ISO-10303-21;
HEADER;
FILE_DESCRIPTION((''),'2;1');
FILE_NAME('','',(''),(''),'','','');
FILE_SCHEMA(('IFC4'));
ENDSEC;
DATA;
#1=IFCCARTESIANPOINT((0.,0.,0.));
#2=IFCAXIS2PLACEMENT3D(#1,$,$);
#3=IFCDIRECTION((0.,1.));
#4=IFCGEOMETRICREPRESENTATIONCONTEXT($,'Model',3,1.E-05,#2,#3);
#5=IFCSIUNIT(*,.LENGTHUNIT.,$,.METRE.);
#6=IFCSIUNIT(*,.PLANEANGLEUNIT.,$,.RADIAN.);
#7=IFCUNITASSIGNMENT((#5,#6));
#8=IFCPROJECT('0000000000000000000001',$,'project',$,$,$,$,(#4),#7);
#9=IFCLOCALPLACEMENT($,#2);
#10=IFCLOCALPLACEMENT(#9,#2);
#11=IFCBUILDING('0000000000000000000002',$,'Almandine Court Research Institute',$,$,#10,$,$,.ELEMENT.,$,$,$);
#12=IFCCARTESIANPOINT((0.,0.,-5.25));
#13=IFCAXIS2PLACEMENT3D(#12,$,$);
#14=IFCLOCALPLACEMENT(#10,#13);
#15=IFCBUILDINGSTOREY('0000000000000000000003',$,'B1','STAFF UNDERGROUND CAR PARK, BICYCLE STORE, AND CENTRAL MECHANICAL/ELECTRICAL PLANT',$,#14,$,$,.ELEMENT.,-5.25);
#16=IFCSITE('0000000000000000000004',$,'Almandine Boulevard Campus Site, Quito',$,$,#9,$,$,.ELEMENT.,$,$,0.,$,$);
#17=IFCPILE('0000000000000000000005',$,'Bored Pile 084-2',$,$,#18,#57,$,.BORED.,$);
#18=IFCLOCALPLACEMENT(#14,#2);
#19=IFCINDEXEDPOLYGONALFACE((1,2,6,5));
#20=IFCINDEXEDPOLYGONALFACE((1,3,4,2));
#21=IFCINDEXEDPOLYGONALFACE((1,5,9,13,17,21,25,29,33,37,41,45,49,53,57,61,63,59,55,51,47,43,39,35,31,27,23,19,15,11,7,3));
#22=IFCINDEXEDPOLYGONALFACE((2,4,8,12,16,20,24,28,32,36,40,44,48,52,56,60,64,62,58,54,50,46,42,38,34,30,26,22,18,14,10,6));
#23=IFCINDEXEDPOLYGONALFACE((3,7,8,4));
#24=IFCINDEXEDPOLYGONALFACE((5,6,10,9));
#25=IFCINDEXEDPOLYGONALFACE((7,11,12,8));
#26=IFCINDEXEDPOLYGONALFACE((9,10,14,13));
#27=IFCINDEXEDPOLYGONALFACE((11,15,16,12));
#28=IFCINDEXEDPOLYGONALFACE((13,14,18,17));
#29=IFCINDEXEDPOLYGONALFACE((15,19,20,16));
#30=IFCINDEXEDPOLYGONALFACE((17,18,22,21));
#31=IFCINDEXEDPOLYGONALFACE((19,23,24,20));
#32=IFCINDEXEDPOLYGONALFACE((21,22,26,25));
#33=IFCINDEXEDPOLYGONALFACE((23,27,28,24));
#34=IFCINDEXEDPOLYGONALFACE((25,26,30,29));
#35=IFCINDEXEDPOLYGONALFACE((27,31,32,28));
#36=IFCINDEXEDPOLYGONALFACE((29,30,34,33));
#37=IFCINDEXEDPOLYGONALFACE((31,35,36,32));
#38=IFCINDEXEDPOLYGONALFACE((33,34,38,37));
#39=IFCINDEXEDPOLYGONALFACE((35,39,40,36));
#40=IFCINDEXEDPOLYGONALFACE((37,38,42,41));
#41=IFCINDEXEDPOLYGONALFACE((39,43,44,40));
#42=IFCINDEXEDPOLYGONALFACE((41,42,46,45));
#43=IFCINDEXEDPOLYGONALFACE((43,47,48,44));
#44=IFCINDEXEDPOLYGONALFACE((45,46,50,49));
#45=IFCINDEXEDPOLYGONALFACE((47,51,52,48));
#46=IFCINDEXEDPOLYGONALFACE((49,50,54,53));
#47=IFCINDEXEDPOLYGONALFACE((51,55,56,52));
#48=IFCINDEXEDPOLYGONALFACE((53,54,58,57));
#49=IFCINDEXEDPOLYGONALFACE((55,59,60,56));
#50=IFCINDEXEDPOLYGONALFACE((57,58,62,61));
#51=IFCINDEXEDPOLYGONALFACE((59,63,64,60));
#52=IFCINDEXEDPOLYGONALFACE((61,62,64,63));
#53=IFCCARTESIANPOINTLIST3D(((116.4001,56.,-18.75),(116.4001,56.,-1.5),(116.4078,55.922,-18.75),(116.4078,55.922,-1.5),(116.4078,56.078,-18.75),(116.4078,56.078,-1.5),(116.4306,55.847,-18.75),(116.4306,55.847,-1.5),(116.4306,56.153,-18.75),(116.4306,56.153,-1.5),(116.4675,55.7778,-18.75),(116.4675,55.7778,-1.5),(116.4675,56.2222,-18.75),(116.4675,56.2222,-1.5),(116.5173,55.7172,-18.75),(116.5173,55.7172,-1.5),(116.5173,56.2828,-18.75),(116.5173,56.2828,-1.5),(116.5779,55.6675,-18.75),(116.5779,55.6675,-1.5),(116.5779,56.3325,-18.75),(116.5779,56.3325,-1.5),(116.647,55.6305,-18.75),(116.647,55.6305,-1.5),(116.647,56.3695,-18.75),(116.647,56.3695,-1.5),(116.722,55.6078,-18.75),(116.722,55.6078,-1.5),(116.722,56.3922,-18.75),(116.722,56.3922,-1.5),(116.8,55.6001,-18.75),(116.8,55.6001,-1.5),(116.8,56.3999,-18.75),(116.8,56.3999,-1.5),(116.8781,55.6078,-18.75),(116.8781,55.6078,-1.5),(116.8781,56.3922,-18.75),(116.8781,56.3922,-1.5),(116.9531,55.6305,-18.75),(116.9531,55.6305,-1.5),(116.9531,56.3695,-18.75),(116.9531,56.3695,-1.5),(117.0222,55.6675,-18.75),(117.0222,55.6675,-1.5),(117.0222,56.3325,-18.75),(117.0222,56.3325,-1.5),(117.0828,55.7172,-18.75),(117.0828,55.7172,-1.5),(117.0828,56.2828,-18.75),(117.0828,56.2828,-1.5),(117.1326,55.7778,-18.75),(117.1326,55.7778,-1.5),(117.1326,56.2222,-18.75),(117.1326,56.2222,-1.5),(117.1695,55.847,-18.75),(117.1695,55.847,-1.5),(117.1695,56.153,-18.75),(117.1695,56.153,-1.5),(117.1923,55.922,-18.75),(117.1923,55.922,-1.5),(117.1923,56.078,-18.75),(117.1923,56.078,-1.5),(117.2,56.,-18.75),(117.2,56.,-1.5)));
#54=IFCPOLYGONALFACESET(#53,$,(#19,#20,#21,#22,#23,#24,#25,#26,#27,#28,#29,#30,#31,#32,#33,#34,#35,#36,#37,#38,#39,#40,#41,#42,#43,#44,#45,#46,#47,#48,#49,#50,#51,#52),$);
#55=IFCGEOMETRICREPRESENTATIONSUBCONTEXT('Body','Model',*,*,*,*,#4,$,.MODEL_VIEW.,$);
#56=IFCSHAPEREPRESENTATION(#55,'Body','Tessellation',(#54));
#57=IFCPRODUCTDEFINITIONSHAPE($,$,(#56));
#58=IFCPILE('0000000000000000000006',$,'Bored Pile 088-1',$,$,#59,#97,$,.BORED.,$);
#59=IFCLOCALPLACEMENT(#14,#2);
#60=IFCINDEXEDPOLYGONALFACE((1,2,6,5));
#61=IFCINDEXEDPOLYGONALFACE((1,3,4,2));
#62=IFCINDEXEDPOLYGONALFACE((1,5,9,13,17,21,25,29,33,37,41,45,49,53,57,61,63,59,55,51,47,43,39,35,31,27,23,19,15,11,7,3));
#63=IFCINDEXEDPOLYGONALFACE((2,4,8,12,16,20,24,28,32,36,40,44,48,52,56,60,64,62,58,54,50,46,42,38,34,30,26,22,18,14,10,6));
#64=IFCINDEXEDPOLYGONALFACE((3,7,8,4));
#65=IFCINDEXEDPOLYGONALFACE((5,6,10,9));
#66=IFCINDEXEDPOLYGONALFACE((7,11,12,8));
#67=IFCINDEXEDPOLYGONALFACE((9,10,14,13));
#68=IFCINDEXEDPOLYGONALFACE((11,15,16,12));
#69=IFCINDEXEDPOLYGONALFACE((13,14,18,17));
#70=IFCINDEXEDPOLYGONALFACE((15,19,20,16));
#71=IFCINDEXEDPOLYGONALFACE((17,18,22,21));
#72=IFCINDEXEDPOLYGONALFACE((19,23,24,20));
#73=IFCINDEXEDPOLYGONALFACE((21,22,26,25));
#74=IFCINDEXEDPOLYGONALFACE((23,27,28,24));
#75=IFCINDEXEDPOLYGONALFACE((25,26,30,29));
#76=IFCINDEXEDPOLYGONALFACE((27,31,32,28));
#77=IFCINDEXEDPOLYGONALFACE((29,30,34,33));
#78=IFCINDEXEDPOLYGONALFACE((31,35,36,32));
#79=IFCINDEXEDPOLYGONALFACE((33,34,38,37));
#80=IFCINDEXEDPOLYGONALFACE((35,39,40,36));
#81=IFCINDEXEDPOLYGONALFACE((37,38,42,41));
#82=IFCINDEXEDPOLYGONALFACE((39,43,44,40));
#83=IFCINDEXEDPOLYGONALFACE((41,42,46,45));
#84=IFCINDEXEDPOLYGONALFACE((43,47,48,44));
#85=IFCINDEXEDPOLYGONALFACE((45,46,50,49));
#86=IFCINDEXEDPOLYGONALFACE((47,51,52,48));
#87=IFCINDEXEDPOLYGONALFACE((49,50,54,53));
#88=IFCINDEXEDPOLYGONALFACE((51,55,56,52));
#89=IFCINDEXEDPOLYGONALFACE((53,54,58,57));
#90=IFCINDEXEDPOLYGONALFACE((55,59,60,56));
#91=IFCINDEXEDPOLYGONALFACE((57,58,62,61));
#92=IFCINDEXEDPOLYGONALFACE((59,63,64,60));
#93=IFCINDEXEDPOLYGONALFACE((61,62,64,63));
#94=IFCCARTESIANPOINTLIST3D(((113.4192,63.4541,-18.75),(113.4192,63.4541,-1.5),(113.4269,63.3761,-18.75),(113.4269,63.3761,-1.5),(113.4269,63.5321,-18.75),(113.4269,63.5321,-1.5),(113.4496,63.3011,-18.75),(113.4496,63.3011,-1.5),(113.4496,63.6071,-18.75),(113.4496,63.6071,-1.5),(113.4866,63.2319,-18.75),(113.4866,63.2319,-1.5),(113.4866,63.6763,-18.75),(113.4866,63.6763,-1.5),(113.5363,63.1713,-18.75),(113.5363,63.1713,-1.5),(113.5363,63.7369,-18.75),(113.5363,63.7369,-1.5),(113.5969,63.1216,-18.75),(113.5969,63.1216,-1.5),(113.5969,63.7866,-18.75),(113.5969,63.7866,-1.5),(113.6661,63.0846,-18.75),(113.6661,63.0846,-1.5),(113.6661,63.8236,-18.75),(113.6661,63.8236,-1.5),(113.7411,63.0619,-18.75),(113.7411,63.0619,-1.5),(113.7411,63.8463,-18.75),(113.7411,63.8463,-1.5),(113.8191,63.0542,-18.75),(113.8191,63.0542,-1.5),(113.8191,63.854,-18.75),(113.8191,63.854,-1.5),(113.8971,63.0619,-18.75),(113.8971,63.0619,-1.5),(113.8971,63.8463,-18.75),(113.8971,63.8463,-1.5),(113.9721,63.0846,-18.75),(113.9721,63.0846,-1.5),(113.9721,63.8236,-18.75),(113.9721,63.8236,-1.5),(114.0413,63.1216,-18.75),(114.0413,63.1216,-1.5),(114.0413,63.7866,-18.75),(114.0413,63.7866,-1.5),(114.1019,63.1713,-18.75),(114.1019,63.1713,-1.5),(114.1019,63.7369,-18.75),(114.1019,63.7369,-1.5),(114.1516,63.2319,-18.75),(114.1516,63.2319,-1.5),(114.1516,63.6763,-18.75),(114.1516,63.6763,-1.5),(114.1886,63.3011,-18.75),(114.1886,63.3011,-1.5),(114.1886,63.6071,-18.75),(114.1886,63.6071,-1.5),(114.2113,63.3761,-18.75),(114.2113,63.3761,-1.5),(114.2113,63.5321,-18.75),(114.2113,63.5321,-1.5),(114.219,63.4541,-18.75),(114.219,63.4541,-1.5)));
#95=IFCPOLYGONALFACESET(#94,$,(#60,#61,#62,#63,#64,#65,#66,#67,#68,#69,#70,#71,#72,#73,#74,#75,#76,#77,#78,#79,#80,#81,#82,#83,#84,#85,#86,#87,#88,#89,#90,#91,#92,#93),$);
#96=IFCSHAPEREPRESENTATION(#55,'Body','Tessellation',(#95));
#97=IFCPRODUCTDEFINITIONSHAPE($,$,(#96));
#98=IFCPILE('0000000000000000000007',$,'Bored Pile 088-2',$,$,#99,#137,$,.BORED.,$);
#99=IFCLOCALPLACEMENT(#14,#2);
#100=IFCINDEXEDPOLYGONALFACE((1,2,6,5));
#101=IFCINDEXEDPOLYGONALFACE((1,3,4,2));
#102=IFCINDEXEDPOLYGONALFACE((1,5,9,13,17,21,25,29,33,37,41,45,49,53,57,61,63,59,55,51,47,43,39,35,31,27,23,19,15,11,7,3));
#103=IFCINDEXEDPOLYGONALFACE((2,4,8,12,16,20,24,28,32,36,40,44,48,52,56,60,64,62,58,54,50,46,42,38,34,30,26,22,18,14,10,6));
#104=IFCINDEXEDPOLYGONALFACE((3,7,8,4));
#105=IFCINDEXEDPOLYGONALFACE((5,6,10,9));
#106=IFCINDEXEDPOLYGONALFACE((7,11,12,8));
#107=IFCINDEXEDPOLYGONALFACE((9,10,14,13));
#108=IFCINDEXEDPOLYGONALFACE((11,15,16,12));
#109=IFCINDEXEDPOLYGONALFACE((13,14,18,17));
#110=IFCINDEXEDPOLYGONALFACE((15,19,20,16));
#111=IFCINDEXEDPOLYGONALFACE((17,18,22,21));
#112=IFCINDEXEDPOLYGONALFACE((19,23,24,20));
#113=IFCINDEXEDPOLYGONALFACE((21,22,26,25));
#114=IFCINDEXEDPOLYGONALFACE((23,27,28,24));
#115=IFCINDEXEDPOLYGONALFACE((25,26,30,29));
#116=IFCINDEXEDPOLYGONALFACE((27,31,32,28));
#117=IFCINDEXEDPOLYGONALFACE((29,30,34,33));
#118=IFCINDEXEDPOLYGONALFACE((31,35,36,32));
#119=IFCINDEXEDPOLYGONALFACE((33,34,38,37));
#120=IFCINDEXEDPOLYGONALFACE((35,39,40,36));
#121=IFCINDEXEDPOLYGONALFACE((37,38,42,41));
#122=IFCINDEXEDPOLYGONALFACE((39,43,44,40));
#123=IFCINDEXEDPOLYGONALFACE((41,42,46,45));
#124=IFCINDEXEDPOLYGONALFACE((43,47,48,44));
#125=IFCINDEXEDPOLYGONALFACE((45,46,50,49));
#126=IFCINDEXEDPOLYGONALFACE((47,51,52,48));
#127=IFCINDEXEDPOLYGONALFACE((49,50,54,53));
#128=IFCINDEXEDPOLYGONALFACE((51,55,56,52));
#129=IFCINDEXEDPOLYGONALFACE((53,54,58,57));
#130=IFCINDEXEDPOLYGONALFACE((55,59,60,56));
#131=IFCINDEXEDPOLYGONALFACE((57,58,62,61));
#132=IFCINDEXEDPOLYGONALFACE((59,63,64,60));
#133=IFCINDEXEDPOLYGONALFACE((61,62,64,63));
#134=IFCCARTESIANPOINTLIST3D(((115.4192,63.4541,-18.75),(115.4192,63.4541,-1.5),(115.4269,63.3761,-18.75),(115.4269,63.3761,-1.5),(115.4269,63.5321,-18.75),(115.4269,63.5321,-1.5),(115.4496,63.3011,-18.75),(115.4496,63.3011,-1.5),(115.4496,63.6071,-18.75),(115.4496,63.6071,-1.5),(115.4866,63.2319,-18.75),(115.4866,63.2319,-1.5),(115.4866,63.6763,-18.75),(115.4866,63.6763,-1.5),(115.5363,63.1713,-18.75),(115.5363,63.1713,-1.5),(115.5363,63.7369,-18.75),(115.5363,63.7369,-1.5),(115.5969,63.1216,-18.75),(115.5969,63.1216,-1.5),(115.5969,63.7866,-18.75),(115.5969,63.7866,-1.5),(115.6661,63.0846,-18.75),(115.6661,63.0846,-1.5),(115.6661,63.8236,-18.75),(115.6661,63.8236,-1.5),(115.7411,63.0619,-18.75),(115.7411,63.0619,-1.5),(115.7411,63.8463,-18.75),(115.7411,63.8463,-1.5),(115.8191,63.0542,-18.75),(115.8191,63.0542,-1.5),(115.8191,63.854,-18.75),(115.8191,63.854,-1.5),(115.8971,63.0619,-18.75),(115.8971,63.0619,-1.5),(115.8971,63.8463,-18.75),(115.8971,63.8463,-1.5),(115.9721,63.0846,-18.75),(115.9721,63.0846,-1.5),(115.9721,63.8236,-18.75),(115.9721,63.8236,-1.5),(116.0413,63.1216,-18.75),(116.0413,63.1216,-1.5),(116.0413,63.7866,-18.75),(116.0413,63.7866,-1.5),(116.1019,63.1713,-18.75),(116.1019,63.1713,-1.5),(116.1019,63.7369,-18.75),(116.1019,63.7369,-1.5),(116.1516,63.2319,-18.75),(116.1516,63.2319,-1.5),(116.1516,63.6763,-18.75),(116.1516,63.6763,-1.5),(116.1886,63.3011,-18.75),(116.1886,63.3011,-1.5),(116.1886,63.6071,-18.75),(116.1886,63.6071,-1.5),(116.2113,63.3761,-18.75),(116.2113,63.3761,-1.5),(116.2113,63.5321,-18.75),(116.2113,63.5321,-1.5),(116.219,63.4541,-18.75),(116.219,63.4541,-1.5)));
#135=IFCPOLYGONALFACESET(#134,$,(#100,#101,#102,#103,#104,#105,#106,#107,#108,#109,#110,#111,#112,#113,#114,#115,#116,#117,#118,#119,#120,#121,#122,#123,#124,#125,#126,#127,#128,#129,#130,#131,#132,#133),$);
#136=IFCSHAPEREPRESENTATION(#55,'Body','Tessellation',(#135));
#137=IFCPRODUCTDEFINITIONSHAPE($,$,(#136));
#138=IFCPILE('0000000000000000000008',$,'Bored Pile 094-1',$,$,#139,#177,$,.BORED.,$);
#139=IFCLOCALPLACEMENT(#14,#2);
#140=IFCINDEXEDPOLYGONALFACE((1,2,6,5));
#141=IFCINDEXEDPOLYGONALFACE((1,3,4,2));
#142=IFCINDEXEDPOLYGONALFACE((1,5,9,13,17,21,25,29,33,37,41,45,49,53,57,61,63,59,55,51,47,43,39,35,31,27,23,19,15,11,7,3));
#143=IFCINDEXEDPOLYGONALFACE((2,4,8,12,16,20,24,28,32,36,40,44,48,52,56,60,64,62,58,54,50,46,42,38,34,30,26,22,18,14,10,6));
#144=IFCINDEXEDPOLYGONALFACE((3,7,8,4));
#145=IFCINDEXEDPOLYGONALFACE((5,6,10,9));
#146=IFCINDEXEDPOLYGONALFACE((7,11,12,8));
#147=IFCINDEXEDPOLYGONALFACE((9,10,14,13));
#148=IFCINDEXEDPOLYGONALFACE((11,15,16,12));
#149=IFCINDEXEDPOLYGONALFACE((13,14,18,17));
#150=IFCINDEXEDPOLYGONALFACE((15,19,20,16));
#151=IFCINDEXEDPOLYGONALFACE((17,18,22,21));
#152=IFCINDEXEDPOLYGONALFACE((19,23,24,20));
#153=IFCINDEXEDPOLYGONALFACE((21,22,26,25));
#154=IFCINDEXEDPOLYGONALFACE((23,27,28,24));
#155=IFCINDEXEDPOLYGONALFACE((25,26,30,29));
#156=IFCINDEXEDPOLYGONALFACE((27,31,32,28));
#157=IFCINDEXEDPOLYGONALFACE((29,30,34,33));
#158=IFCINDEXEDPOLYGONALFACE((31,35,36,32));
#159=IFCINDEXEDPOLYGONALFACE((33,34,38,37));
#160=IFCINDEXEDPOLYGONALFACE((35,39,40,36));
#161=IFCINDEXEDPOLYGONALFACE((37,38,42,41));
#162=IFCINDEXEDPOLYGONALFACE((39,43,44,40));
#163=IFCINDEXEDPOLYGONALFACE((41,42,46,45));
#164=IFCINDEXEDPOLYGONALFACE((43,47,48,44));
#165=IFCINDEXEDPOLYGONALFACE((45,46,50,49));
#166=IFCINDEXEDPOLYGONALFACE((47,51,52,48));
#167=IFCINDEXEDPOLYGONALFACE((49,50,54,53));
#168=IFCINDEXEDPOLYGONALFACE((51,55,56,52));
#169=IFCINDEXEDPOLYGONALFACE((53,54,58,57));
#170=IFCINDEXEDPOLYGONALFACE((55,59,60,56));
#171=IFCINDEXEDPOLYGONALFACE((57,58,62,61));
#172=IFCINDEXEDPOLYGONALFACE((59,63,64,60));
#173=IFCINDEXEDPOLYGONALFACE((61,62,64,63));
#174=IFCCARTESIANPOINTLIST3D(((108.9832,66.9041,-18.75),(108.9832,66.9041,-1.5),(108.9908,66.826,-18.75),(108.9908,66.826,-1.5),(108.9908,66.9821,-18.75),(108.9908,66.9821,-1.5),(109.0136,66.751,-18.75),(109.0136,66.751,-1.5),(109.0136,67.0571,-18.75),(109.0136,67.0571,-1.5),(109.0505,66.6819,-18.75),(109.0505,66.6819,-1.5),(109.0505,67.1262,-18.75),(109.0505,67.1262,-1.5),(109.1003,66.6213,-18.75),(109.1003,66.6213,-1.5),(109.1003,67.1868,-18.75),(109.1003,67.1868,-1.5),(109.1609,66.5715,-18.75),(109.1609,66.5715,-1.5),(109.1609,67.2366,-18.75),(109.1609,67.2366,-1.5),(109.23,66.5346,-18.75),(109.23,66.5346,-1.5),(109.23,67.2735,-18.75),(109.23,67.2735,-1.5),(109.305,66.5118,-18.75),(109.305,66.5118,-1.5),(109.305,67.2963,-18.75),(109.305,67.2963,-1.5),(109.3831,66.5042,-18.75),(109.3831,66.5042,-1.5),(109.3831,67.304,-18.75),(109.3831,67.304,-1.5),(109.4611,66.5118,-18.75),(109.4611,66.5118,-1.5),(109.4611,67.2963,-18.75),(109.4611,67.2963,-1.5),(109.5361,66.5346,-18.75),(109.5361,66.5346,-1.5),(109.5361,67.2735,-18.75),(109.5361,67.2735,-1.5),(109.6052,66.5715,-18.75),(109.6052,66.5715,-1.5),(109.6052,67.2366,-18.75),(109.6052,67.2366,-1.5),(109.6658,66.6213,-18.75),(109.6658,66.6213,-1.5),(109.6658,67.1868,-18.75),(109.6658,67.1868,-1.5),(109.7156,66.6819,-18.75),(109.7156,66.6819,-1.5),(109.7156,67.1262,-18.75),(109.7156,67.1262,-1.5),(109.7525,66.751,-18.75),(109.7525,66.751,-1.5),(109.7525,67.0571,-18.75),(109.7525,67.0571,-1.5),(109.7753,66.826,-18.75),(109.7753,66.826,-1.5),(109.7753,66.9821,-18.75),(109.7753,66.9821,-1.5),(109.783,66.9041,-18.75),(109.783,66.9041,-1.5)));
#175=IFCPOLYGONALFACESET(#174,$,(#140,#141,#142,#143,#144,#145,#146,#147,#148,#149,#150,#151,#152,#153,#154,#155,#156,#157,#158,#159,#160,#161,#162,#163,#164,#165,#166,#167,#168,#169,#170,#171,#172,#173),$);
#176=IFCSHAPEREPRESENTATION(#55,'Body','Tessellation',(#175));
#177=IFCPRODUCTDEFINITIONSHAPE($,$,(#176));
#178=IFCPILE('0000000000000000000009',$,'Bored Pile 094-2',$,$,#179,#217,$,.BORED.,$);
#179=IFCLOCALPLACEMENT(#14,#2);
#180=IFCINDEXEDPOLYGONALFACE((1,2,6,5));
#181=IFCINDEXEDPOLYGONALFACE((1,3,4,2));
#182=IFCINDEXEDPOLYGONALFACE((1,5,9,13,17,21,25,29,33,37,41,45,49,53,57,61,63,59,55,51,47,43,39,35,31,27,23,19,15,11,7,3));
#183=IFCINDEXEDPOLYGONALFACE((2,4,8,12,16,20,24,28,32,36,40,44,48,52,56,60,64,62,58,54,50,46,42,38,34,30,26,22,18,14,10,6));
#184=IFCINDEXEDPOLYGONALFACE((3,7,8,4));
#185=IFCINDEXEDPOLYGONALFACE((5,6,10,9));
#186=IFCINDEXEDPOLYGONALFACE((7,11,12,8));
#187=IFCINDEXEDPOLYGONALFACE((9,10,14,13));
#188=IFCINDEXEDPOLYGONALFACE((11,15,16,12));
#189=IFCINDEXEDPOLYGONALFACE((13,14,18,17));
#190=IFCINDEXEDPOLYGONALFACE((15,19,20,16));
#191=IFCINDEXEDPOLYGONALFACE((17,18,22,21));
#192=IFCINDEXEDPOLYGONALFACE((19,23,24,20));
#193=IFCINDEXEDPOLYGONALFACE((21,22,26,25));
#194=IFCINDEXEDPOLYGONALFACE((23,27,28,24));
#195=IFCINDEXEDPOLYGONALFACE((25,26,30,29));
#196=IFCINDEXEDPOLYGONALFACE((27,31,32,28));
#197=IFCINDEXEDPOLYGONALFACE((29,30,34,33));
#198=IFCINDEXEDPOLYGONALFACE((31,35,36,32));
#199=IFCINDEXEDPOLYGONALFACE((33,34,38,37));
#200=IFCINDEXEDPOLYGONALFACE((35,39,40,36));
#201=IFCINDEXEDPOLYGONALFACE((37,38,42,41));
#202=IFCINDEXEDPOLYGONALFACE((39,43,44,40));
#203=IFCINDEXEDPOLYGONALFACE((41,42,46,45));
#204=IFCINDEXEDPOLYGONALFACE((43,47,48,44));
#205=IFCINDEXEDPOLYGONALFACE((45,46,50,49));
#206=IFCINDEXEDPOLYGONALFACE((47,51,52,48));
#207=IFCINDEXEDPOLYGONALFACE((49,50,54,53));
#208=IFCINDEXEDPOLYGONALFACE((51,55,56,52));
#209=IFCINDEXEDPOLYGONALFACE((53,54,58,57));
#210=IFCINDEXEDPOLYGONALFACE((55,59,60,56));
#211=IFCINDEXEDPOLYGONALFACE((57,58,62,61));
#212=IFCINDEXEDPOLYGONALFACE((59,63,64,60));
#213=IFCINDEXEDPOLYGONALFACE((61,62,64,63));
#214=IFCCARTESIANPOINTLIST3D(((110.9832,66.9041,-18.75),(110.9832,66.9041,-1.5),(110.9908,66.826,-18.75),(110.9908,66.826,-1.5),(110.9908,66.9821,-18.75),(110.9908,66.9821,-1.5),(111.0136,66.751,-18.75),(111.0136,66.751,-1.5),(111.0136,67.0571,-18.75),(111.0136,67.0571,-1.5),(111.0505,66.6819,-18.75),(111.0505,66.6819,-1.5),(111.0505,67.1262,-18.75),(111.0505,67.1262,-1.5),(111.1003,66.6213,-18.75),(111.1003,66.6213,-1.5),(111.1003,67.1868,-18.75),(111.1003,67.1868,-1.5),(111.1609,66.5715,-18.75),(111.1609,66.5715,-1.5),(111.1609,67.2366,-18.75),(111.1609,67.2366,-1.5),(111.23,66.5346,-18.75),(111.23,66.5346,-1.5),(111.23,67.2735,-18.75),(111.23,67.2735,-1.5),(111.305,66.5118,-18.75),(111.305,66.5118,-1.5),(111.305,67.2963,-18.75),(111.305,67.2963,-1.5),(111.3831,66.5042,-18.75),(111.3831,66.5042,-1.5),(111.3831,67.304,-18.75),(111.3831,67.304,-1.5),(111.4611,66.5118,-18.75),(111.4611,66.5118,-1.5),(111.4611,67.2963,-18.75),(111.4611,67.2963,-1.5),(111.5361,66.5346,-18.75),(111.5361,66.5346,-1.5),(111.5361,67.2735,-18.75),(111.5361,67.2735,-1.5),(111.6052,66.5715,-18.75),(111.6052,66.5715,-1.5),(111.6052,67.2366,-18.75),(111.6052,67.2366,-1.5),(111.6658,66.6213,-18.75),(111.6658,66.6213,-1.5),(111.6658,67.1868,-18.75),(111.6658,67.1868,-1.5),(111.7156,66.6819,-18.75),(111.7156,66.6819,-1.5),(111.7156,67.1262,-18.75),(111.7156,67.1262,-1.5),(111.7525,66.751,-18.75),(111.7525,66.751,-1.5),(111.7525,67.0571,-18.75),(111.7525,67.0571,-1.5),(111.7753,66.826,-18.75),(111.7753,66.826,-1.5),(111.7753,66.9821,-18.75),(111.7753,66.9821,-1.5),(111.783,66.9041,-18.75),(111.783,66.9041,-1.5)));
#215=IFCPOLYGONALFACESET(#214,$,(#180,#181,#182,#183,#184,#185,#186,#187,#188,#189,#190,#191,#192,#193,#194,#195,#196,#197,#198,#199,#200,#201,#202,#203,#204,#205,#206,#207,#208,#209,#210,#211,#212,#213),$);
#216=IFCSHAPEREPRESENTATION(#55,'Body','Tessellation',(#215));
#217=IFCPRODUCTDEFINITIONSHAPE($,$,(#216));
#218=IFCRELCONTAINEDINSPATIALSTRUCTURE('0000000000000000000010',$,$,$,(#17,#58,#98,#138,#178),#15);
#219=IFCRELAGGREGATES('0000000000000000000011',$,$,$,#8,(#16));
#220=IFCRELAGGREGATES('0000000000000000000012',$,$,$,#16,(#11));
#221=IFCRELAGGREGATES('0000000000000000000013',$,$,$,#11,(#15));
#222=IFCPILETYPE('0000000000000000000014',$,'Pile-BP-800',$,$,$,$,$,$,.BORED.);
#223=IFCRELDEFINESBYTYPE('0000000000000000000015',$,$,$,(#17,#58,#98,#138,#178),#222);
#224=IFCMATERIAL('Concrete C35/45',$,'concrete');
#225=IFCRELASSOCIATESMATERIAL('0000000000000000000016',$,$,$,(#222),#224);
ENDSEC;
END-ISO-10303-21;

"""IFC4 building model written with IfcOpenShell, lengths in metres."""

from ifc_helpers import new_model, si_unit, direction, frame, origin, origin_2d, place, context, subcontext, project, spatial, circle, extrude, material, material_profile, profile_set, type_object, element, save


model = new_model("IFC4")

# Units and contexts
model_context = context("Model", 3, precision=1e-05, world=origin(), true_north=direction((0.0, 1.0)))
body_context = subcontext(model_context, "Body", "Model", "MODEL_VIEW")
ifc_project = project(units=[si_unit("LENGTHUNIT", "METRE"), si_unit("PLANEANGLEUNIT", "RADIAN")], contexts=[model_context])

# Site, building, storey
site_placement = place(None, origin())
site = spatial("IfcSite", under=ifc_project, at=site_placement, Name="Almandine Boulevard Campus Site, Quito", CompositionType="ELEMENT", RefElevation=0.0)
building_placement = place(site_placement, origin())
building = spatial("IfcBuilding", under=site, at=building_placement, Name="Almandine Court Research Institute", CompositionType="ELEMENT")
storey_placement = place(building_placement, frame((0.0, 0.0, -5.25)))
storey = spatial("IfcBuildingStorey", under=building, at=storey_placement, Name="B1", Description="STAFF UNDERGROUND CAR PARK, BICYCLE STORE, AND CENTRAL MECHANICAL/ELECTRICAL PLANT", CompositionType="ELEMENT", Elevation=-5.25)

# Shared definitions
ifc_material_1 = material(Name="Concrete C35/45", Category="concrete")

# Piles
ifc_material_profile_1 = material_profile(ifc_material_1, circle(Radius=0.3999, at=origin_2d()), Name="BORED PILE D800")
ifc_profile_set_1 = profile_set([ifc_material_profile_1], Name="Concrete C35/45")
pile_type = type_object("IfcPileType", Name="Pile-BP-800", PredefinedType="BORED", material=ifc_profile_set_1)
for number, where, z_axis, x_axis, name in (
    (1, (116.8, 56.0, -1.5), (0.0, 0.0, -1.0), (1.0, 0.0, 0.0), "Bored Pile 084-2"),
    (2, (113.8191, 63.4541, -1.5), (0.0, 0.0, -1.0), (1.0, 0.0, 0.0), "Bored Pile 088-1"),
    (3, (115.8191, 63.4541, -1.5), (0.0, 0.0, -1.0), (1.0, 0.0, 0.0), "Bored Pile 088-2"),
    (4, (109.3831, 66.9041, -1.5), (0.0, 0.0, -1.0), (1.0, 0.0, 0.0), "Bored Pile 094-1"),
    (5, (111.3831, 66.9041, -1.5), (0.0, 0.0, -1.0), (1.0, 0.0, 0.0), "Bored Pile 094-2"),
):
    element("IfcPile", number, at=place(storey_placement, frame(where, z_axis=z_axis, x_axis=x_axis)), inside=storey, type_object=pile_type, Name=name, PredefinedType="BORED", context=body_context, shape_type="SweptSolid", body=[
        extrude(circle(Radius=0.3999, at=origin_2d()), origin(), (0.0, 0.0, 1.0), 17.25),
    ])

save(model, "model.ifc")
